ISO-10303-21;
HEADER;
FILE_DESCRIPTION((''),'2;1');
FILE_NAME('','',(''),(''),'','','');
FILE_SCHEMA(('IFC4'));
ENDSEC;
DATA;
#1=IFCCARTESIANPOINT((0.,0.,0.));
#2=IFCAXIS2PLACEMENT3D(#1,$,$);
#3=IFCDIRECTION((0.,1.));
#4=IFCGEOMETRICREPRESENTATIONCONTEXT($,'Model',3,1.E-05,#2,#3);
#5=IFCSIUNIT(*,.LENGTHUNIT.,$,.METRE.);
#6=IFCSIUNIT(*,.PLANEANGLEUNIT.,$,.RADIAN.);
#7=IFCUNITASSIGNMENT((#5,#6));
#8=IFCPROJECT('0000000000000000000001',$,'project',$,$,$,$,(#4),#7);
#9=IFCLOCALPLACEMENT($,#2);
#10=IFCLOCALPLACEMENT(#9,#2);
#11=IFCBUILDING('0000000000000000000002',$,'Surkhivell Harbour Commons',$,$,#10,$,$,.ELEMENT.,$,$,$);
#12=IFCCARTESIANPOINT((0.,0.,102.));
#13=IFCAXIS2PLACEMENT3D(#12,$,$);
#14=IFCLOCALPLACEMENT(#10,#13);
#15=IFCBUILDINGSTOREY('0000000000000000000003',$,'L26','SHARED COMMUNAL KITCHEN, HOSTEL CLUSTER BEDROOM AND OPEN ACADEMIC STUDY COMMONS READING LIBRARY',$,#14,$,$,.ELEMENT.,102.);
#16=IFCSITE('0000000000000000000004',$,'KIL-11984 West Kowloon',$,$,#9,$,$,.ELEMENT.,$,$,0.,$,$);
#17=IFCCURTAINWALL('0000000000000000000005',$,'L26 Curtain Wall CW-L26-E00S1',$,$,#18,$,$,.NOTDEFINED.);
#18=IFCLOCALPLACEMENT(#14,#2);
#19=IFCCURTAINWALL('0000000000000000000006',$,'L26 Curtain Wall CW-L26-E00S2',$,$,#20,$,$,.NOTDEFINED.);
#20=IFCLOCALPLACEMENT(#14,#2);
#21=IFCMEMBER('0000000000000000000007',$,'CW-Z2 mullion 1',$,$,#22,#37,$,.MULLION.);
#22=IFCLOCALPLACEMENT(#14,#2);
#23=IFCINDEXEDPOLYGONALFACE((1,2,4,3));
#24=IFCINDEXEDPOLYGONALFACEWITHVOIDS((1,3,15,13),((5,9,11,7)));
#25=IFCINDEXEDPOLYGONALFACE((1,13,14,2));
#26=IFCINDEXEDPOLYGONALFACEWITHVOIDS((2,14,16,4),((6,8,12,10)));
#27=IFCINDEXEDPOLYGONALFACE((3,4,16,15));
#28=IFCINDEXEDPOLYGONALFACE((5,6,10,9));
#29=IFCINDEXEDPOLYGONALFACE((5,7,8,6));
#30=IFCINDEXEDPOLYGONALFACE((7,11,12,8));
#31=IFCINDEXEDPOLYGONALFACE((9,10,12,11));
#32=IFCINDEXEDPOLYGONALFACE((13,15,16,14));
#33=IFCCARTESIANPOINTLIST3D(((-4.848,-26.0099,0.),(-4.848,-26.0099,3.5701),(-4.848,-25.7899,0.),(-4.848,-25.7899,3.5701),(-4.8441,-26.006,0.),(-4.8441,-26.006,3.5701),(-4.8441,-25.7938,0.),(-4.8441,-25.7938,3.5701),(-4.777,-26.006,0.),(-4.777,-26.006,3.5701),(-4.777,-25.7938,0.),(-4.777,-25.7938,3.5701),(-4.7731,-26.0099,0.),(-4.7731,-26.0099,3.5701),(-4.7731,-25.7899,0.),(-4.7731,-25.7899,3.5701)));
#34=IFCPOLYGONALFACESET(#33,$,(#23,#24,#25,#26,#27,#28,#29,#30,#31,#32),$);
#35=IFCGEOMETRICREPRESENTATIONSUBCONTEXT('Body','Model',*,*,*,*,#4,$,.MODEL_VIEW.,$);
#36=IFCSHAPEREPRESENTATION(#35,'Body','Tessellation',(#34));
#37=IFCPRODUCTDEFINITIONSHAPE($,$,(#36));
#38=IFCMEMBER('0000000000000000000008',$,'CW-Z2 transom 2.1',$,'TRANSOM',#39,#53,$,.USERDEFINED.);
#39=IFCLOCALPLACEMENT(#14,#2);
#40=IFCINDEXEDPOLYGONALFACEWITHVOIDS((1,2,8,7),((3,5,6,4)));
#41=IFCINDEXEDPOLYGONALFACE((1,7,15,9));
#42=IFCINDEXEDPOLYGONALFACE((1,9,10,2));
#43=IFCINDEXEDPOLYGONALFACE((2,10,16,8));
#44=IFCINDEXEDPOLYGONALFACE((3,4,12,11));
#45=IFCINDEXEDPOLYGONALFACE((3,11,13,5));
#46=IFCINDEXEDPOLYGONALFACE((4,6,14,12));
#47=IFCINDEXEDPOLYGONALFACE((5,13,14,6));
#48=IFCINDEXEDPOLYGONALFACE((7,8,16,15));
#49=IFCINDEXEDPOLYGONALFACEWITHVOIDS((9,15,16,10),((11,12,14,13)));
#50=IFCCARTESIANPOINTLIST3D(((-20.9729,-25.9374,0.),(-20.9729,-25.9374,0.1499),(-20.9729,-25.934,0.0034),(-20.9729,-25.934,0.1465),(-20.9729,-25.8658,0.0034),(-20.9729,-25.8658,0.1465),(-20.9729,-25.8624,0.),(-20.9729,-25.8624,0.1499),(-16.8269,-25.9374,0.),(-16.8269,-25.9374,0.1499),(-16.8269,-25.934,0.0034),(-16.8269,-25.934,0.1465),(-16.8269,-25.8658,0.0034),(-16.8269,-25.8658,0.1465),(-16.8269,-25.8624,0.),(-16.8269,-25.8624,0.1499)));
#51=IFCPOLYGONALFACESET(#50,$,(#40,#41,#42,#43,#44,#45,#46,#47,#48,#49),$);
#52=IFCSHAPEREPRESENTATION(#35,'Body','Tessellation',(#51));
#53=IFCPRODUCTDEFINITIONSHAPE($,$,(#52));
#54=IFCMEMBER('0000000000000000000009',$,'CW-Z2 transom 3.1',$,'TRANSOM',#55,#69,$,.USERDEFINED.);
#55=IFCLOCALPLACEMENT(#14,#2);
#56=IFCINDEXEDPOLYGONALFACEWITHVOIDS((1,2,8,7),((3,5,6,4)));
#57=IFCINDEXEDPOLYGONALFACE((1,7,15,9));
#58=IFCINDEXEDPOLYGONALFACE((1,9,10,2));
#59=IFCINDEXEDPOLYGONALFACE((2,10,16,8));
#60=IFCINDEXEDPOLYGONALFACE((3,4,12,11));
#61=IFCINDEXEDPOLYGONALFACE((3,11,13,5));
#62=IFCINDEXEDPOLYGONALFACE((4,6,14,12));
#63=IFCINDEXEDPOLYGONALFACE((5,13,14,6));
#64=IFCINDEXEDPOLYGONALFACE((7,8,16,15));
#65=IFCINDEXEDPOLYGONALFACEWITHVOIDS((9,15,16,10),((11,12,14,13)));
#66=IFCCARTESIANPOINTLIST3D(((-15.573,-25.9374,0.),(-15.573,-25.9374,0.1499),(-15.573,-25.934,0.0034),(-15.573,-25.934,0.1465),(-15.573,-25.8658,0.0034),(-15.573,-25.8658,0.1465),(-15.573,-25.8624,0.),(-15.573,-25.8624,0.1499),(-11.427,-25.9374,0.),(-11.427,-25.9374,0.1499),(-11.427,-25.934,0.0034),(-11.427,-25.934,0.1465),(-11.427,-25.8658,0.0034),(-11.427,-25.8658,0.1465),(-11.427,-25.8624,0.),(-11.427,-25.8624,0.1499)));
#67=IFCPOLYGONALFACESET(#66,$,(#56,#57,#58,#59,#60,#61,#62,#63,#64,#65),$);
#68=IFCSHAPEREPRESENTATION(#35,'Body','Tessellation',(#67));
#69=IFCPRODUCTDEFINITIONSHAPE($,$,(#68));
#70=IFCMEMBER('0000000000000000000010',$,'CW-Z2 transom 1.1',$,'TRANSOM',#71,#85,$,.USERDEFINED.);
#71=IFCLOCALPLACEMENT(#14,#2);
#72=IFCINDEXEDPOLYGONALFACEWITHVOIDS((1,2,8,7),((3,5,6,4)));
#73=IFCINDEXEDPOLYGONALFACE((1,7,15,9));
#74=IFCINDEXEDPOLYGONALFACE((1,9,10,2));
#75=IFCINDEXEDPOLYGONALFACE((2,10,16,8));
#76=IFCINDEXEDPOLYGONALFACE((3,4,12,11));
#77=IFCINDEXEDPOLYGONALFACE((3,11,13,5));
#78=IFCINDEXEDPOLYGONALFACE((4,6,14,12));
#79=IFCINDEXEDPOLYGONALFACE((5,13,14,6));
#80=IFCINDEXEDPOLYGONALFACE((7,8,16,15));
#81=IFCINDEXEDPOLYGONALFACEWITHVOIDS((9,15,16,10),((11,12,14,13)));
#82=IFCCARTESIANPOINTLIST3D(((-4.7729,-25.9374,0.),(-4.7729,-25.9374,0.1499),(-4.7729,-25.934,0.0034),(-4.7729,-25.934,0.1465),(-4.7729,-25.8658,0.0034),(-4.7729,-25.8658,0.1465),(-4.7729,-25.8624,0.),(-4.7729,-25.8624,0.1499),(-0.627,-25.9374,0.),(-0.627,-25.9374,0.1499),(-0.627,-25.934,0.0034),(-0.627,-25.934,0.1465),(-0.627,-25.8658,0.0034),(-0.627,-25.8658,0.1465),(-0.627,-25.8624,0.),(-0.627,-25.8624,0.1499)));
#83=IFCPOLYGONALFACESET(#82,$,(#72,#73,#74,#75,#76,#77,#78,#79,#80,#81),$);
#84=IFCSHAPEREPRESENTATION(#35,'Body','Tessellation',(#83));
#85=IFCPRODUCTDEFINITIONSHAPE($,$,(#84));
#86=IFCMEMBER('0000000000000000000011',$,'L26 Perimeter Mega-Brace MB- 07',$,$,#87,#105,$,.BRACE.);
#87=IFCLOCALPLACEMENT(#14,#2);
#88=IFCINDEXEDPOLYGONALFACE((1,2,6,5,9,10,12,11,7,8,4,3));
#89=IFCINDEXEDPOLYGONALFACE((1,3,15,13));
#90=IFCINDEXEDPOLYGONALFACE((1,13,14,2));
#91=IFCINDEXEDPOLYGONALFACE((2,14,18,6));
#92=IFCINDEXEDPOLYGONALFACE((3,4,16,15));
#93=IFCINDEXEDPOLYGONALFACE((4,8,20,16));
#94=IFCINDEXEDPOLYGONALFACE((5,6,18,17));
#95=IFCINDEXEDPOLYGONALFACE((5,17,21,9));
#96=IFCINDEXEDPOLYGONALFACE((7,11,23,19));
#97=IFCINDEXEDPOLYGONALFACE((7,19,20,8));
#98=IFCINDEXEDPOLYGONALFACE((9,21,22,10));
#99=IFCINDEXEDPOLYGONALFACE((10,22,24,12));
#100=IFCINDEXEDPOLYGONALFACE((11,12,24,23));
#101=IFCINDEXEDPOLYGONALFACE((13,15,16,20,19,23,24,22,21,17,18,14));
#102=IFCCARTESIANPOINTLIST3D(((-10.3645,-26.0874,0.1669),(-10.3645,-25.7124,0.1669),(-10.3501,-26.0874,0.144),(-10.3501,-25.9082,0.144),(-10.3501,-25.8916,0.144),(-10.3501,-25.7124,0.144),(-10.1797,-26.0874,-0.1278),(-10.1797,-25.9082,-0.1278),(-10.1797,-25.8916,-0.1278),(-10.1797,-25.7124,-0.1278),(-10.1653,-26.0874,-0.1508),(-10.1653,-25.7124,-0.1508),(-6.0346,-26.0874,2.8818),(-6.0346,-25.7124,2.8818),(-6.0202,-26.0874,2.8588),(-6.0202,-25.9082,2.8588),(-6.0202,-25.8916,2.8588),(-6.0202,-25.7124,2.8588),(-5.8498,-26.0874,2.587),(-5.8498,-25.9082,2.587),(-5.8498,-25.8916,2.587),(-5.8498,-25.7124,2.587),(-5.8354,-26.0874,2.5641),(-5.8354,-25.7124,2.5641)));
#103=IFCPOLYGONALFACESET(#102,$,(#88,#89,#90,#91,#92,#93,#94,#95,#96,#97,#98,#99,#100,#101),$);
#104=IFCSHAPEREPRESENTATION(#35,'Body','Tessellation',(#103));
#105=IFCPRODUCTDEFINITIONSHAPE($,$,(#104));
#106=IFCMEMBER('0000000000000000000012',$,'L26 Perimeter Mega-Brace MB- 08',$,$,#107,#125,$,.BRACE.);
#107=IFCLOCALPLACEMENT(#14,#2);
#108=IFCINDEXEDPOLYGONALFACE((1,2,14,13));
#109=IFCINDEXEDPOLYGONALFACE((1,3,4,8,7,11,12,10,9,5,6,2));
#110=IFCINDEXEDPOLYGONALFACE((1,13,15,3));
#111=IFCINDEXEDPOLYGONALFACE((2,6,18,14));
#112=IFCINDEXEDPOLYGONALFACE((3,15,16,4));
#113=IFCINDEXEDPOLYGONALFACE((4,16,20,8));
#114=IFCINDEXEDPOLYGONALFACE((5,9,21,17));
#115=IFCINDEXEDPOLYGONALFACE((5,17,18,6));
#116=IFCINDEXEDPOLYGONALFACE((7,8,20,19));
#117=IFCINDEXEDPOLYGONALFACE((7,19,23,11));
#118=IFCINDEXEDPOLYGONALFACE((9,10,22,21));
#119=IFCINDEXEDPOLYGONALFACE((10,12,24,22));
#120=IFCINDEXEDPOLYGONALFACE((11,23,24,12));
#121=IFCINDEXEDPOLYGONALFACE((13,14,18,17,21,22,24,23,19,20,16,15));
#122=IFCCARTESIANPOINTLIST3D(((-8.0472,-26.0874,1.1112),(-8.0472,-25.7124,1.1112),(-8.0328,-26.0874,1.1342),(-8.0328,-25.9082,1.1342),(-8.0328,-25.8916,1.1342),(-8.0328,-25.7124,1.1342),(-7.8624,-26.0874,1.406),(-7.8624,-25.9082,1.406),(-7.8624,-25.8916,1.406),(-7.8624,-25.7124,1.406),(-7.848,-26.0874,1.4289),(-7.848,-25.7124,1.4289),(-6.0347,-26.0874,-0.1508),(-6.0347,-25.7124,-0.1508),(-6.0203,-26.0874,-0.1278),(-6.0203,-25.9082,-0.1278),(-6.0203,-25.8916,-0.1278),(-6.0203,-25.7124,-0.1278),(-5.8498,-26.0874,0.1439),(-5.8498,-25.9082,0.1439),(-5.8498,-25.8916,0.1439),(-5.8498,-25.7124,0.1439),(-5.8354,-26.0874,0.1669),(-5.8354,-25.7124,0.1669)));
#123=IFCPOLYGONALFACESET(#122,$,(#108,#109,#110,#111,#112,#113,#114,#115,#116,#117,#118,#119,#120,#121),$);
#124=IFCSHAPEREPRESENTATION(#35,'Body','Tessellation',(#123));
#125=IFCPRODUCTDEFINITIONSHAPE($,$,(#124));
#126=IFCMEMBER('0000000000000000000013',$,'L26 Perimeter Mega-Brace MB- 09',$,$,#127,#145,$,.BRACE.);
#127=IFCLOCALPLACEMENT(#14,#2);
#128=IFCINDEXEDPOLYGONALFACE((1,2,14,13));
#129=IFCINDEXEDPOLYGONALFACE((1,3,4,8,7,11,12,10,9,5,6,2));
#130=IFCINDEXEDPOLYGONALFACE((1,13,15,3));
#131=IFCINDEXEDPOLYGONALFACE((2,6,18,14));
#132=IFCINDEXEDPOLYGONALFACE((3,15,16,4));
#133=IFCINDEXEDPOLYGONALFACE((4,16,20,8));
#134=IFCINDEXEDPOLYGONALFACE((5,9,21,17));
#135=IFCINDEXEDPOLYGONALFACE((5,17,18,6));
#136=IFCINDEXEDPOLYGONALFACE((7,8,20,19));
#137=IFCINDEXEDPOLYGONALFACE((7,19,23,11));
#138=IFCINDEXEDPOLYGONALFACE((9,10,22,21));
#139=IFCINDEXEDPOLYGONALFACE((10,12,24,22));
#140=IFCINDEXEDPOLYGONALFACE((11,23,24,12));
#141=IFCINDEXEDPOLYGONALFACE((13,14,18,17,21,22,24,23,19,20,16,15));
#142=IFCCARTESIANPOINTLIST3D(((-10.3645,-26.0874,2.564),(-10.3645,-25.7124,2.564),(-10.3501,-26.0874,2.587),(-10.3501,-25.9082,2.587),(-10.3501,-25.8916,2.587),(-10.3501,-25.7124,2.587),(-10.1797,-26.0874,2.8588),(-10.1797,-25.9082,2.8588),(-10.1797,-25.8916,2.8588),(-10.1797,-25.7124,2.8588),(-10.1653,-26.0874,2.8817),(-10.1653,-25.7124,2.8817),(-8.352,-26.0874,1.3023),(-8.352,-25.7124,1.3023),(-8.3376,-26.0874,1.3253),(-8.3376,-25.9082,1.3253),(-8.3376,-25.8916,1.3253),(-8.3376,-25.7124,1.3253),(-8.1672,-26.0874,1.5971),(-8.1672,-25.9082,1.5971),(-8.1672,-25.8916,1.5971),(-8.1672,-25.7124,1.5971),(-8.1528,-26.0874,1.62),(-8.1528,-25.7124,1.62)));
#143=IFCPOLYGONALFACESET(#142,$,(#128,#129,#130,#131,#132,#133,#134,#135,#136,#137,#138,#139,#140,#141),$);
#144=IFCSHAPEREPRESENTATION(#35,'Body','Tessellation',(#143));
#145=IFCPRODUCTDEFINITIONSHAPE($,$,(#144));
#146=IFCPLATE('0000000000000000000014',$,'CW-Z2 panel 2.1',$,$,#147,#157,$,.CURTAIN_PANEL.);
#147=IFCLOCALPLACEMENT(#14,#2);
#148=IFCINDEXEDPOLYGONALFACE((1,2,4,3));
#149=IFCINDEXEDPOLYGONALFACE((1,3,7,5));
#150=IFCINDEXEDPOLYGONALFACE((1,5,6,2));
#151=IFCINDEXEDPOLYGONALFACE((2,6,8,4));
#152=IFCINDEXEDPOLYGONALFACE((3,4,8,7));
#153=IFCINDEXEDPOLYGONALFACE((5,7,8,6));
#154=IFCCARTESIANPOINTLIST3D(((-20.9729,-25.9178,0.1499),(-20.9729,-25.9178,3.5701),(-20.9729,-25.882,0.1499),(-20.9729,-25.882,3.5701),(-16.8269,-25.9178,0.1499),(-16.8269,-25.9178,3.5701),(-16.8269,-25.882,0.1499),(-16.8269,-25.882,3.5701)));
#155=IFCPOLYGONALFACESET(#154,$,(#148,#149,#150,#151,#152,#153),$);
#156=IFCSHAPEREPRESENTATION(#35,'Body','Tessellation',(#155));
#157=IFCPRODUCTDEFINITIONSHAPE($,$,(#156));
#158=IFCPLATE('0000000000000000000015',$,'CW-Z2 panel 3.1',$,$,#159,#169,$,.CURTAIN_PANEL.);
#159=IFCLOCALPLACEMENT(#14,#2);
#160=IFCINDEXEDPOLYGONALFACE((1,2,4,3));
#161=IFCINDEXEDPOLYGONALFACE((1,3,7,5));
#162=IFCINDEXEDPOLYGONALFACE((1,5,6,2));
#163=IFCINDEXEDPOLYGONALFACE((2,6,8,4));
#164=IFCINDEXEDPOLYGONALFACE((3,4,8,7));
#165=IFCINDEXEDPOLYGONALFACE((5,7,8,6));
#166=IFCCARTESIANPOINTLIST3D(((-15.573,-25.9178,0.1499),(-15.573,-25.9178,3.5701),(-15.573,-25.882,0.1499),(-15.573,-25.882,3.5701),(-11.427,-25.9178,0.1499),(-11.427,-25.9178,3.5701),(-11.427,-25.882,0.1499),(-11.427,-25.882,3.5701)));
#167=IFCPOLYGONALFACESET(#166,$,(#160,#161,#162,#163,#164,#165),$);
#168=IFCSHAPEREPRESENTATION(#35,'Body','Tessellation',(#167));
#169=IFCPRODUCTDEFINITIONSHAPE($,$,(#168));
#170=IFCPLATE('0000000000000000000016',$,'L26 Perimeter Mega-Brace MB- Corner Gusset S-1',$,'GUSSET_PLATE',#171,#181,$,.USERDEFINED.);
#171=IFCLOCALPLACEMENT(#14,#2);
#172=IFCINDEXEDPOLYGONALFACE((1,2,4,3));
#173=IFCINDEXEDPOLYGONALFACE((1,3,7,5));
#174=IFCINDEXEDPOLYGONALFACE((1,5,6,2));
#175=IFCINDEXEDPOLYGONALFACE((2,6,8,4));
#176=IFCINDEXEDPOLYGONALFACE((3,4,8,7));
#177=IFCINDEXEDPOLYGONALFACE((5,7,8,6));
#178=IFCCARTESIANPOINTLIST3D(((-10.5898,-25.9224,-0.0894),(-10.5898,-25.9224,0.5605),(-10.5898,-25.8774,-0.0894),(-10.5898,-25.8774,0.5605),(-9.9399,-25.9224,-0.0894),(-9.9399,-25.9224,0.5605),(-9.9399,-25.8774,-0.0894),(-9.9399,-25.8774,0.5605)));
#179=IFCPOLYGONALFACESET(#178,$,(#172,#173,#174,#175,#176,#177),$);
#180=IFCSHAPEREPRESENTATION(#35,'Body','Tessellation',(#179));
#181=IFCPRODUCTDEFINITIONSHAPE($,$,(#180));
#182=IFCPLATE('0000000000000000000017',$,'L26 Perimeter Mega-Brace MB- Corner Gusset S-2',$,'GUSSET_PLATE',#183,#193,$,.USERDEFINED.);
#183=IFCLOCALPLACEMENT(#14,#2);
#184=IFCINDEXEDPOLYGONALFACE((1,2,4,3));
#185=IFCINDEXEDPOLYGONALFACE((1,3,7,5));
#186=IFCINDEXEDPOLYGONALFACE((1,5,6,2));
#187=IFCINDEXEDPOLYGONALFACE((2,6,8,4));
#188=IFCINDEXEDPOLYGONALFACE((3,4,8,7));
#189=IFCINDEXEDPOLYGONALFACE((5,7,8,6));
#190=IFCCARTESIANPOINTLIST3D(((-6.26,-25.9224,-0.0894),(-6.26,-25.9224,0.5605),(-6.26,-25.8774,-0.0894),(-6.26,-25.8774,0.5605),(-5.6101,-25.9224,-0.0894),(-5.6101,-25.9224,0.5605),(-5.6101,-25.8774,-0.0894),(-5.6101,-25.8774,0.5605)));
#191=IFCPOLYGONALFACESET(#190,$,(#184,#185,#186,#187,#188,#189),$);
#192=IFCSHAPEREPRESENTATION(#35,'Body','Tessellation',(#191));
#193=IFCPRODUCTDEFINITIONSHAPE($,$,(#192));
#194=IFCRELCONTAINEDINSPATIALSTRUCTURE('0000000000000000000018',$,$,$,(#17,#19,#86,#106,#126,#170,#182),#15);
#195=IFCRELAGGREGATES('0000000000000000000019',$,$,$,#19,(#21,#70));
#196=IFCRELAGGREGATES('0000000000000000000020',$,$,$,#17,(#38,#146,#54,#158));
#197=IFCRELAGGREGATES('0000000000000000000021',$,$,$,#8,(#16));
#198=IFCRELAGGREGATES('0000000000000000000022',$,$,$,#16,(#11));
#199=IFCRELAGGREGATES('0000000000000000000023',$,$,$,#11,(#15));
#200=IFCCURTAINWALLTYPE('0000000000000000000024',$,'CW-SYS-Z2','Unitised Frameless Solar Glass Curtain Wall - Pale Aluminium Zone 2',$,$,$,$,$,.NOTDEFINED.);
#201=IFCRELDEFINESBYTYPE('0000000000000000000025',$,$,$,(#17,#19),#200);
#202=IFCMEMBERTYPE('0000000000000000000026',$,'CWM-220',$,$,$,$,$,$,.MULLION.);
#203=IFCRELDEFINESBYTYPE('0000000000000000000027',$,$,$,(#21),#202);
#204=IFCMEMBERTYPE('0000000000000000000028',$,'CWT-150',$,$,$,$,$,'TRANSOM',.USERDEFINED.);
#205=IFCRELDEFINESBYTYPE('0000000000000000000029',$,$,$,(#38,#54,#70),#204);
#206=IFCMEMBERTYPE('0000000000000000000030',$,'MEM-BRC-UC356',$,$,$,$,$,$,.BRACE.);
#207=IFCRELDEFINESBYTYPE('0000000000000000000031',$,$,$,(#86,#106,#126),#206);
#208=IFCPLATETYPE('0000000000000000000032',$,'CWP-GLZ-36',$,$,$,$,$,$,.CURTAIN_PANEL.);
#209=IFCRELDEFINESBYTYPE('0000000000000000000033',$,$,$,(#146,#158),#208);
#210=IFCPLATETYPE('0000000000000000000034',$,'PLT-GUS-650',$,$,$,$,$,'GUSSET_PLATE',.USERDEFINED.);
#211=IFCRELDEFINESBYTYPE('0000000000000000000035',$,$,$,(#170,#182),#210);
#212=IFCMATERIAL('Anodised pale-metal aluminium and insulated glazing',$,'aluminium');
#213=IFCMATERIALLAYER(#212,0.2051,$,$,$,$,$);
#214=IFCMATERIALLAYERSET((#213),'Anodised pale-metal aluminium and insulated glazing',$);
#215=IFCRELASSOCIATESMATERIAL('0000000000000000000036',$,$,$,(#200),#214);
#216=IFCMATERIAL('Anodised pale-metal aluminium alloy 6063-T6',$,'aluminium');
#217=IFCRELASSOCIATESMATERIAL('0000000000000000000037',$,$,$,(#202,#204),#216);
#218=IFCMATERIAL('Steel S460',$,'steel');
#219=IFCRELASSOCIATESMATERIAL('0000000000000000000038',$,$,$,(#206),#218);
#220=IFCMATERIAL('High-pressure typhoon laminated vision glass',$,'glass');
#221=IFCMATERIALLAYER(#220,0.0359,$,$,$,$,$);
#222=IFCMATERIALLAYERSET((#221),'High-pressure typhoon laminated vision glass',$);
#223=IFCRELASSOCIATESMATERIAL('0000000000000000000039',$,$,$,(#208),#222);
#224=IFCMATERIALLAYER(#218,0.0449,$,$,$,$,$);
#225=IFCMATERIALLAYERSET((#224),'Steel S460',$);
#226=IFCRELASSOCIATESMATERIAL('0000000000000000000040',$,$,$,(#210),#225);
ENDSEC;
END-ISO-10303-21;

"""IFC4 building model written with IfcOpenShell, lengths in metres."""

from ifc_helpers import new_model, si_unit, direction, frame, frame_2d, origin, origin_2d, place, context, subcontext, project, spatial, rectangle, hollow_rectangle, i_section, extrude, material, layer, layer_set, material_profile, profile_set, type_object, element, aggregate, save


model = new_model("IFC4")

# Units and contexts
model_context = context("Model", 3, precision=1e-05, world=origin(), true_north=direction((0.0, 1.0)))
body_context = subcontext(model_context, "Body", "Model", "MODEL_VIEW")
ifc_project = project(units=[si_unit("LENGTHUNIT", "METRE"), si_unit("PLANEANGLEUNIT", "RADIAN")], contexts=[model_context])

# Site, building, storey
site_placement = place(None, origin())
site = spatial("IfcSite", under=ifc_project, at=site_placement, Name="KIL-11984 West Kowloon", CompositionType="ELEMENT", RefElevation=0.0)
building_placement = place(site_placement, origin())
building = spatial("IfcBuilding", under=site, at=building_placement, Name="Surkhivell Harbour Commons", CompositionType="ELEMENT")
storey_placement = place(building_placement, frame((0.0, 0.0, 102.0)))
storey = spatial("IfcBuildingStorey", under=building, at=storey_placement, Name="L26", Description="SHARED COMMUNAL KITCHEN, HOSTEL CLUSTER BEDROOM AND OPEN ACADEMIC STUDY COMMONS READING LIBRARY", CompositionType="ELEMENT", Elevation=102.0)

# Shared definitions
ifc_material_1 = material(Name="Steel S460", Category="steel")

# Curtain wall
ifc_material_2 = material(Name="Anodised pale-metal aluminium and insulated glazing", Category="aluminium")
ifc_layer_1 = layer(ifc_material_2, 0.2051)
ifc_layer_set_1 = layer_set([ifc_layer_1], Name="Anodised pale-metal aluminium and insulated glazing")
curtain_wall_type = type_object("IfcCurtainWallType", Name="CW-SYS-Z2", Description="Unitised Frameless Solar Glass Curtain Wall - Pale Aluminium Zone 2", PredefinedType="NOTDEFINED", material=ifc_layer_set_1)
curtain_wall_1_placement = place(storey_placement, origin())
curtain_wall_1 = element("IfcCurtainWall", 1, at=curtain_wall_1_placement, inside=storey, type_object=curtain_wall_type, Name="L26 Curtain Wall CW-L26-E00S1", PredefinedType="NOTDEFINED")
ifc_material_3 = material(Name="Anodised pale-metal aluminium alloy 6063-T6", Category="aluminium")
ifc_material_profile_1 = material_profile(ifc_material_3, hollow_rectangle(XDim=0.075, YDim=0.22, WallThickness=0.0039, at=origin_2d()), Name="ALU-MULL-75x220")
ifc_profile_set_1 = profile_set([ifc_material_profile_1], Name="Anodised pale-metal aluminium alloy 6063-T6")
member_type_1 = type_object("IfcMemberType", Name="CWM-220", PredefinedType="MULLION", material=ifc_profile_set_1)

# Curtain wall, member
curtain_wall_2_placement = place(storey_placement, origin())
curtain_wall_2 = element("IfcCurtainWall", 2, at=curtain_wall_2_placement, inside=storey, type_object=curtain_wall_type, Name="L26 Curtain Wall CW-L26-E00S2", PredefinedType="NOTDEFINED")
member_1_placement = place(storey_placement, frame((-4.8105, -25.8999, 0.0), z_axis=(0.0, 0.0, 1.0), x_axis=(1.0, 0.0, 0.0)))
member_1 = element("IfcMember", 3, at=member_1_placement, type_object=member_type_1, Name="CW-Z2 mullion 1", PredefinedType="MULLION", context=body_context, shape_type="SweptSolid", body=[
    extrude(hollow_rectangle(XDim=0.075, YDim=0.22, WallThickness=0.0039, at=origin_2d()), origin(), (0.0, 0.0, 1.0), 3.5701),
])

# Members
ifc_material_profile_2 = material_profile(ifc_material_3, hollow_rectangle(XDim=0.075, YDim=0.1499, WallThickness=0.0034, at=origin_2d()), Name="ALU-TRAN-75x150")
ifc_profile_set_2 = profile_set([ifc_material_profile_2], Name="Anodised pale-metal aluminium alloy 6063-T6")
member_type_2 = type_object("IfcMemberType", Name="CWT-150", ElementType="TRANSOM", PredefinedType="USERDEFINED", material=ifc_profile_set_2)
member_2_placement = place(storey_placement, frame((-20.9729, -25.8999, 0.075), z_axis=(1.0, 0.0, 0.0), x_axis=(0.0, 1.0, 0.0)))
member_2 = element("IfcMember", 4, at=member_2_placement, type_object=member_type_2, Name="CW-Z2 transom 2.1", ObjectType="TRANSOM", PredefinedType="USERDEFINED", context=body_context, shape_type="SweptSolid", body=[
    extrude(hollow_rectangle(XDim=0.075, YDim=0.1499, WallThickness=0.0034, at=origin_2d()), origin(), (0.0, 0.0, 1.0), 4.146),
])
member_3_placement = place(storey_placement, frame((-15.573, -25.8999, 0.075), z_axis=(1.0, 0.0, 0.0), x_axis=(0.0, 1.0, 0.0)))
member_3 = element("IfcMember", 5, at=member_3_placement, type_object=member_type_2, Name="CW-Z2 transom 3.1", ObjectType="TRANSOM", PredefinedType="USERDEFINED", context=body_context, shape_type="SweptSolid", body=[
    extrude(hollow_rectangle(XDim=0.075, YDim=0.1499, WallThickness=0.0034, at=origin_2d()), origin(), (0.0, 0.0, 1.0), 4.146),
])
member_4_placement = place(storey_placement, frame((-4.7729, -25.8999, 0.075), z_axis=(1.0, 0.0, 0.0), x_axis=(0.0, 1.0, 0.0)))
member_4 = element("IfcMember", 6, at=member_4_placement, type_object=member_type_2, Name="CW-Z2 transom 1.1", ObjectType="TRANSOM", PredefinedType="USERDEFINED", context=body_context, shape_type="SweptSolid", body=[
    extrude(hollow_rectangle(XDim=0.075, YDim=0.1499, WallThickness=0.0034, at=origin_2d()), origin(), (0.0, 0.0, 1.0), 4.146),
])
aggregate(curtain_wall_2, [member_1, member_4])

# Members
ifc_material_profile_3 = material_profile(ifc_material_1, i_section(OverallWidth=0.375, OverallDepth=0.375, WebThickness=0.0166, FlangeThickness=0.0271, at=origin_2d()), Name="UC356x368x202")
ifc_profile_set_3 = profile_set([ifc_material_profile_3], Name="Steel S460")
member_type_3 = type_object("IfcMemberType", Name="MEM-BRC-UC356", PredefinedType="BRACE", material=ifc_profile_set_3)
member_5_placement = place(storey_placement, frame((-10.2649, -25.8999, 0.0081), z_axis=(0.847233, 0.0, 0.531222), x_axis=(0.0, 1.0, 0.0)))
element("IfcMember", 7, at=member_5_placement, inside=storey, type_object=member_type_3, Name="L26 Perimeter Mega-Brace MB- 07", PredefinedType="BRACE", context=body_context, shape_type="SweptSolid", body=[
    extrude(i_section(OverallWidth=0.375, OverallDepth=0.375, WebThickness=0.0166, FlangeThickness=0.0271, at=origin_2d()), origin(), (0.0, 0.0, 1.0), 5.1106),
])
member_6_placement = place(storey_placement, frame((-5.9351, -25.8999, 0.0081), z_axis=(-0.847206, 0.0, 0.531264), x_axis=(0.0, -1.0, 0.0)))
element("IfcMember", 8, at=member_6_placement, inside=storey, type_object=member_type_3, Name="L26 Perimeter Mega-Brace MB- 08", PredefinedType="BRACE", context=body_context, shape_type="SweptSolid", body=[
    extrude(i_section(OverallWidth=0.375, OverallDepth=0.375, WebThickness=0.0166, FlangeThickness=0.0271, at=origin_2d()), origin(), (0.0, 0.0, 1.0), 2.3755),
])
member_7_placement = place(storey_placement, frame((-8.2524, -25.8999, 1.4612), z_axis=(-0.847253, 0.0, 0.53119), x_axis=(0.0, -1.0, 0.0)))
element("IfcMember", 9, at=member_7_placement, inside=storey, type_object=member_type_3, Name="L26 Perimeter Mega-Brace MB- 09", PredefinedType="BRACE", context=body_context, shape_type="SweptSolid", body=[
    extrude(i_section(OverallWidth=0.375, OverallDepth=0.375, WebThickness=0.0166, FlangeThickness=0.0271, at=origin_2d()), origin(), (0.0, 0.0, 1.0), 2.3752),
])

# Plates
ifc_material_4 = material(Name="High-pressure typhoon laminated vision glass", Category="glass")
ifc_layer_2 = layer(ifc_material_4, 0.0359)
ifc_layer_set_2 = layer_set([ifc_layer_2], Name="High-pressure typhoon laminated vision glass")
plate_type_1 = type_object("IfcPlateType", Name="CWP-GLZ-36", PredefinedType="CURTAIN_PANEL", material=ifc_layer_set_2)
plate_1_placement = place(storey_placement, frame((-20.9729, -25.8999, 0.1499), z_axis=(0.0, 0.0, 1.0), x_axis=(1.0, 0.0, 0.0)))
plate_1 = element("IfcPlate", 10, at=plate_1_placement, type_object=plate_type_1, Name="CW-Z2 panel 2.1", PredefinedType="CURTAIN_PANEL", context=body_context, shape_type="SweptSolid", body=[
    extrude(rectangle(XDim=4.146, YDim=0.0359, at=frame_2d((2.073, 0.0))), origin(), (0.0, 0.0, 1.0), 3.4202),
])
plate_2_placement = place(storey_placement, frame((-15.573, -25.8999, 0.1499), z_axis=(0.0, 0.0, 1.0), x_axis=(1.0, 0.0, 0.0)))
plate_2 = element("IfcPlate", 11, at=plate_2_placement, type_object=plate_type_1, Name="CW-Z2 panel 3.1", PredefinedType="CURTAIN_PANEL", context=body_context, shape_type="SweptSolid", body=[
    extrude(rectangle(XDim=4.146, YDim=0.0359, at=frame_2d((2.073, 0.0))), origin(), (0.0, 0.0, 1.0), 3.4202),
])
aggregate(curtain_wall_1, [member_2, plate_1, member_3, plate_2])

# Plates
ifc_layer_3 = layer(ifc_material_1, 0.0449)
ifc_layer_set_3 = layer_set([ifc_layer_3], Name="Steel S460")
plate_type_2 = type_object("IfcPlateType", Name="PLT-GUS-650", ElementType="GUSSET_PLATE", PredefinedType="USERDEFINED", material=ifc_layer_set_3)
for number, where, z_axis, x_axis, name in (
    (12, (-10.2649, -25.8999, -0.0894), (0.0, 0.0, 1.0), (1.0, 0.0, 0.0), "L26 Perimeter Mega-Brace MB- Corner Gusset S-1"),
    (13, (-5.9351, -25.8999, -0.0894), (0.0, 0.0, 1.0), (1.0, 0.0, 0.0), "L26 Perimeter Mega-Brace MB- Corner Gusset S-2"),
):
    element("IfcPlate", number, at=place(storey_placement, frame(where, z_axis=z_axis, x_axis=x_axis)), inside=storey, type_object=plate_type_2, Name=name, ObjectType="GUSSET_PLATE", PredefinedType="USERDEFINED", context=body_context, shape_type="SweptSolid", body=[
        extrude(rectangle(XDim=0.6499, YDim=0.0449, at=origin_2d()), origin(), (0.0, 0.0, 1.0), 0.6499),
    ])

save(model, "model.ifc")
